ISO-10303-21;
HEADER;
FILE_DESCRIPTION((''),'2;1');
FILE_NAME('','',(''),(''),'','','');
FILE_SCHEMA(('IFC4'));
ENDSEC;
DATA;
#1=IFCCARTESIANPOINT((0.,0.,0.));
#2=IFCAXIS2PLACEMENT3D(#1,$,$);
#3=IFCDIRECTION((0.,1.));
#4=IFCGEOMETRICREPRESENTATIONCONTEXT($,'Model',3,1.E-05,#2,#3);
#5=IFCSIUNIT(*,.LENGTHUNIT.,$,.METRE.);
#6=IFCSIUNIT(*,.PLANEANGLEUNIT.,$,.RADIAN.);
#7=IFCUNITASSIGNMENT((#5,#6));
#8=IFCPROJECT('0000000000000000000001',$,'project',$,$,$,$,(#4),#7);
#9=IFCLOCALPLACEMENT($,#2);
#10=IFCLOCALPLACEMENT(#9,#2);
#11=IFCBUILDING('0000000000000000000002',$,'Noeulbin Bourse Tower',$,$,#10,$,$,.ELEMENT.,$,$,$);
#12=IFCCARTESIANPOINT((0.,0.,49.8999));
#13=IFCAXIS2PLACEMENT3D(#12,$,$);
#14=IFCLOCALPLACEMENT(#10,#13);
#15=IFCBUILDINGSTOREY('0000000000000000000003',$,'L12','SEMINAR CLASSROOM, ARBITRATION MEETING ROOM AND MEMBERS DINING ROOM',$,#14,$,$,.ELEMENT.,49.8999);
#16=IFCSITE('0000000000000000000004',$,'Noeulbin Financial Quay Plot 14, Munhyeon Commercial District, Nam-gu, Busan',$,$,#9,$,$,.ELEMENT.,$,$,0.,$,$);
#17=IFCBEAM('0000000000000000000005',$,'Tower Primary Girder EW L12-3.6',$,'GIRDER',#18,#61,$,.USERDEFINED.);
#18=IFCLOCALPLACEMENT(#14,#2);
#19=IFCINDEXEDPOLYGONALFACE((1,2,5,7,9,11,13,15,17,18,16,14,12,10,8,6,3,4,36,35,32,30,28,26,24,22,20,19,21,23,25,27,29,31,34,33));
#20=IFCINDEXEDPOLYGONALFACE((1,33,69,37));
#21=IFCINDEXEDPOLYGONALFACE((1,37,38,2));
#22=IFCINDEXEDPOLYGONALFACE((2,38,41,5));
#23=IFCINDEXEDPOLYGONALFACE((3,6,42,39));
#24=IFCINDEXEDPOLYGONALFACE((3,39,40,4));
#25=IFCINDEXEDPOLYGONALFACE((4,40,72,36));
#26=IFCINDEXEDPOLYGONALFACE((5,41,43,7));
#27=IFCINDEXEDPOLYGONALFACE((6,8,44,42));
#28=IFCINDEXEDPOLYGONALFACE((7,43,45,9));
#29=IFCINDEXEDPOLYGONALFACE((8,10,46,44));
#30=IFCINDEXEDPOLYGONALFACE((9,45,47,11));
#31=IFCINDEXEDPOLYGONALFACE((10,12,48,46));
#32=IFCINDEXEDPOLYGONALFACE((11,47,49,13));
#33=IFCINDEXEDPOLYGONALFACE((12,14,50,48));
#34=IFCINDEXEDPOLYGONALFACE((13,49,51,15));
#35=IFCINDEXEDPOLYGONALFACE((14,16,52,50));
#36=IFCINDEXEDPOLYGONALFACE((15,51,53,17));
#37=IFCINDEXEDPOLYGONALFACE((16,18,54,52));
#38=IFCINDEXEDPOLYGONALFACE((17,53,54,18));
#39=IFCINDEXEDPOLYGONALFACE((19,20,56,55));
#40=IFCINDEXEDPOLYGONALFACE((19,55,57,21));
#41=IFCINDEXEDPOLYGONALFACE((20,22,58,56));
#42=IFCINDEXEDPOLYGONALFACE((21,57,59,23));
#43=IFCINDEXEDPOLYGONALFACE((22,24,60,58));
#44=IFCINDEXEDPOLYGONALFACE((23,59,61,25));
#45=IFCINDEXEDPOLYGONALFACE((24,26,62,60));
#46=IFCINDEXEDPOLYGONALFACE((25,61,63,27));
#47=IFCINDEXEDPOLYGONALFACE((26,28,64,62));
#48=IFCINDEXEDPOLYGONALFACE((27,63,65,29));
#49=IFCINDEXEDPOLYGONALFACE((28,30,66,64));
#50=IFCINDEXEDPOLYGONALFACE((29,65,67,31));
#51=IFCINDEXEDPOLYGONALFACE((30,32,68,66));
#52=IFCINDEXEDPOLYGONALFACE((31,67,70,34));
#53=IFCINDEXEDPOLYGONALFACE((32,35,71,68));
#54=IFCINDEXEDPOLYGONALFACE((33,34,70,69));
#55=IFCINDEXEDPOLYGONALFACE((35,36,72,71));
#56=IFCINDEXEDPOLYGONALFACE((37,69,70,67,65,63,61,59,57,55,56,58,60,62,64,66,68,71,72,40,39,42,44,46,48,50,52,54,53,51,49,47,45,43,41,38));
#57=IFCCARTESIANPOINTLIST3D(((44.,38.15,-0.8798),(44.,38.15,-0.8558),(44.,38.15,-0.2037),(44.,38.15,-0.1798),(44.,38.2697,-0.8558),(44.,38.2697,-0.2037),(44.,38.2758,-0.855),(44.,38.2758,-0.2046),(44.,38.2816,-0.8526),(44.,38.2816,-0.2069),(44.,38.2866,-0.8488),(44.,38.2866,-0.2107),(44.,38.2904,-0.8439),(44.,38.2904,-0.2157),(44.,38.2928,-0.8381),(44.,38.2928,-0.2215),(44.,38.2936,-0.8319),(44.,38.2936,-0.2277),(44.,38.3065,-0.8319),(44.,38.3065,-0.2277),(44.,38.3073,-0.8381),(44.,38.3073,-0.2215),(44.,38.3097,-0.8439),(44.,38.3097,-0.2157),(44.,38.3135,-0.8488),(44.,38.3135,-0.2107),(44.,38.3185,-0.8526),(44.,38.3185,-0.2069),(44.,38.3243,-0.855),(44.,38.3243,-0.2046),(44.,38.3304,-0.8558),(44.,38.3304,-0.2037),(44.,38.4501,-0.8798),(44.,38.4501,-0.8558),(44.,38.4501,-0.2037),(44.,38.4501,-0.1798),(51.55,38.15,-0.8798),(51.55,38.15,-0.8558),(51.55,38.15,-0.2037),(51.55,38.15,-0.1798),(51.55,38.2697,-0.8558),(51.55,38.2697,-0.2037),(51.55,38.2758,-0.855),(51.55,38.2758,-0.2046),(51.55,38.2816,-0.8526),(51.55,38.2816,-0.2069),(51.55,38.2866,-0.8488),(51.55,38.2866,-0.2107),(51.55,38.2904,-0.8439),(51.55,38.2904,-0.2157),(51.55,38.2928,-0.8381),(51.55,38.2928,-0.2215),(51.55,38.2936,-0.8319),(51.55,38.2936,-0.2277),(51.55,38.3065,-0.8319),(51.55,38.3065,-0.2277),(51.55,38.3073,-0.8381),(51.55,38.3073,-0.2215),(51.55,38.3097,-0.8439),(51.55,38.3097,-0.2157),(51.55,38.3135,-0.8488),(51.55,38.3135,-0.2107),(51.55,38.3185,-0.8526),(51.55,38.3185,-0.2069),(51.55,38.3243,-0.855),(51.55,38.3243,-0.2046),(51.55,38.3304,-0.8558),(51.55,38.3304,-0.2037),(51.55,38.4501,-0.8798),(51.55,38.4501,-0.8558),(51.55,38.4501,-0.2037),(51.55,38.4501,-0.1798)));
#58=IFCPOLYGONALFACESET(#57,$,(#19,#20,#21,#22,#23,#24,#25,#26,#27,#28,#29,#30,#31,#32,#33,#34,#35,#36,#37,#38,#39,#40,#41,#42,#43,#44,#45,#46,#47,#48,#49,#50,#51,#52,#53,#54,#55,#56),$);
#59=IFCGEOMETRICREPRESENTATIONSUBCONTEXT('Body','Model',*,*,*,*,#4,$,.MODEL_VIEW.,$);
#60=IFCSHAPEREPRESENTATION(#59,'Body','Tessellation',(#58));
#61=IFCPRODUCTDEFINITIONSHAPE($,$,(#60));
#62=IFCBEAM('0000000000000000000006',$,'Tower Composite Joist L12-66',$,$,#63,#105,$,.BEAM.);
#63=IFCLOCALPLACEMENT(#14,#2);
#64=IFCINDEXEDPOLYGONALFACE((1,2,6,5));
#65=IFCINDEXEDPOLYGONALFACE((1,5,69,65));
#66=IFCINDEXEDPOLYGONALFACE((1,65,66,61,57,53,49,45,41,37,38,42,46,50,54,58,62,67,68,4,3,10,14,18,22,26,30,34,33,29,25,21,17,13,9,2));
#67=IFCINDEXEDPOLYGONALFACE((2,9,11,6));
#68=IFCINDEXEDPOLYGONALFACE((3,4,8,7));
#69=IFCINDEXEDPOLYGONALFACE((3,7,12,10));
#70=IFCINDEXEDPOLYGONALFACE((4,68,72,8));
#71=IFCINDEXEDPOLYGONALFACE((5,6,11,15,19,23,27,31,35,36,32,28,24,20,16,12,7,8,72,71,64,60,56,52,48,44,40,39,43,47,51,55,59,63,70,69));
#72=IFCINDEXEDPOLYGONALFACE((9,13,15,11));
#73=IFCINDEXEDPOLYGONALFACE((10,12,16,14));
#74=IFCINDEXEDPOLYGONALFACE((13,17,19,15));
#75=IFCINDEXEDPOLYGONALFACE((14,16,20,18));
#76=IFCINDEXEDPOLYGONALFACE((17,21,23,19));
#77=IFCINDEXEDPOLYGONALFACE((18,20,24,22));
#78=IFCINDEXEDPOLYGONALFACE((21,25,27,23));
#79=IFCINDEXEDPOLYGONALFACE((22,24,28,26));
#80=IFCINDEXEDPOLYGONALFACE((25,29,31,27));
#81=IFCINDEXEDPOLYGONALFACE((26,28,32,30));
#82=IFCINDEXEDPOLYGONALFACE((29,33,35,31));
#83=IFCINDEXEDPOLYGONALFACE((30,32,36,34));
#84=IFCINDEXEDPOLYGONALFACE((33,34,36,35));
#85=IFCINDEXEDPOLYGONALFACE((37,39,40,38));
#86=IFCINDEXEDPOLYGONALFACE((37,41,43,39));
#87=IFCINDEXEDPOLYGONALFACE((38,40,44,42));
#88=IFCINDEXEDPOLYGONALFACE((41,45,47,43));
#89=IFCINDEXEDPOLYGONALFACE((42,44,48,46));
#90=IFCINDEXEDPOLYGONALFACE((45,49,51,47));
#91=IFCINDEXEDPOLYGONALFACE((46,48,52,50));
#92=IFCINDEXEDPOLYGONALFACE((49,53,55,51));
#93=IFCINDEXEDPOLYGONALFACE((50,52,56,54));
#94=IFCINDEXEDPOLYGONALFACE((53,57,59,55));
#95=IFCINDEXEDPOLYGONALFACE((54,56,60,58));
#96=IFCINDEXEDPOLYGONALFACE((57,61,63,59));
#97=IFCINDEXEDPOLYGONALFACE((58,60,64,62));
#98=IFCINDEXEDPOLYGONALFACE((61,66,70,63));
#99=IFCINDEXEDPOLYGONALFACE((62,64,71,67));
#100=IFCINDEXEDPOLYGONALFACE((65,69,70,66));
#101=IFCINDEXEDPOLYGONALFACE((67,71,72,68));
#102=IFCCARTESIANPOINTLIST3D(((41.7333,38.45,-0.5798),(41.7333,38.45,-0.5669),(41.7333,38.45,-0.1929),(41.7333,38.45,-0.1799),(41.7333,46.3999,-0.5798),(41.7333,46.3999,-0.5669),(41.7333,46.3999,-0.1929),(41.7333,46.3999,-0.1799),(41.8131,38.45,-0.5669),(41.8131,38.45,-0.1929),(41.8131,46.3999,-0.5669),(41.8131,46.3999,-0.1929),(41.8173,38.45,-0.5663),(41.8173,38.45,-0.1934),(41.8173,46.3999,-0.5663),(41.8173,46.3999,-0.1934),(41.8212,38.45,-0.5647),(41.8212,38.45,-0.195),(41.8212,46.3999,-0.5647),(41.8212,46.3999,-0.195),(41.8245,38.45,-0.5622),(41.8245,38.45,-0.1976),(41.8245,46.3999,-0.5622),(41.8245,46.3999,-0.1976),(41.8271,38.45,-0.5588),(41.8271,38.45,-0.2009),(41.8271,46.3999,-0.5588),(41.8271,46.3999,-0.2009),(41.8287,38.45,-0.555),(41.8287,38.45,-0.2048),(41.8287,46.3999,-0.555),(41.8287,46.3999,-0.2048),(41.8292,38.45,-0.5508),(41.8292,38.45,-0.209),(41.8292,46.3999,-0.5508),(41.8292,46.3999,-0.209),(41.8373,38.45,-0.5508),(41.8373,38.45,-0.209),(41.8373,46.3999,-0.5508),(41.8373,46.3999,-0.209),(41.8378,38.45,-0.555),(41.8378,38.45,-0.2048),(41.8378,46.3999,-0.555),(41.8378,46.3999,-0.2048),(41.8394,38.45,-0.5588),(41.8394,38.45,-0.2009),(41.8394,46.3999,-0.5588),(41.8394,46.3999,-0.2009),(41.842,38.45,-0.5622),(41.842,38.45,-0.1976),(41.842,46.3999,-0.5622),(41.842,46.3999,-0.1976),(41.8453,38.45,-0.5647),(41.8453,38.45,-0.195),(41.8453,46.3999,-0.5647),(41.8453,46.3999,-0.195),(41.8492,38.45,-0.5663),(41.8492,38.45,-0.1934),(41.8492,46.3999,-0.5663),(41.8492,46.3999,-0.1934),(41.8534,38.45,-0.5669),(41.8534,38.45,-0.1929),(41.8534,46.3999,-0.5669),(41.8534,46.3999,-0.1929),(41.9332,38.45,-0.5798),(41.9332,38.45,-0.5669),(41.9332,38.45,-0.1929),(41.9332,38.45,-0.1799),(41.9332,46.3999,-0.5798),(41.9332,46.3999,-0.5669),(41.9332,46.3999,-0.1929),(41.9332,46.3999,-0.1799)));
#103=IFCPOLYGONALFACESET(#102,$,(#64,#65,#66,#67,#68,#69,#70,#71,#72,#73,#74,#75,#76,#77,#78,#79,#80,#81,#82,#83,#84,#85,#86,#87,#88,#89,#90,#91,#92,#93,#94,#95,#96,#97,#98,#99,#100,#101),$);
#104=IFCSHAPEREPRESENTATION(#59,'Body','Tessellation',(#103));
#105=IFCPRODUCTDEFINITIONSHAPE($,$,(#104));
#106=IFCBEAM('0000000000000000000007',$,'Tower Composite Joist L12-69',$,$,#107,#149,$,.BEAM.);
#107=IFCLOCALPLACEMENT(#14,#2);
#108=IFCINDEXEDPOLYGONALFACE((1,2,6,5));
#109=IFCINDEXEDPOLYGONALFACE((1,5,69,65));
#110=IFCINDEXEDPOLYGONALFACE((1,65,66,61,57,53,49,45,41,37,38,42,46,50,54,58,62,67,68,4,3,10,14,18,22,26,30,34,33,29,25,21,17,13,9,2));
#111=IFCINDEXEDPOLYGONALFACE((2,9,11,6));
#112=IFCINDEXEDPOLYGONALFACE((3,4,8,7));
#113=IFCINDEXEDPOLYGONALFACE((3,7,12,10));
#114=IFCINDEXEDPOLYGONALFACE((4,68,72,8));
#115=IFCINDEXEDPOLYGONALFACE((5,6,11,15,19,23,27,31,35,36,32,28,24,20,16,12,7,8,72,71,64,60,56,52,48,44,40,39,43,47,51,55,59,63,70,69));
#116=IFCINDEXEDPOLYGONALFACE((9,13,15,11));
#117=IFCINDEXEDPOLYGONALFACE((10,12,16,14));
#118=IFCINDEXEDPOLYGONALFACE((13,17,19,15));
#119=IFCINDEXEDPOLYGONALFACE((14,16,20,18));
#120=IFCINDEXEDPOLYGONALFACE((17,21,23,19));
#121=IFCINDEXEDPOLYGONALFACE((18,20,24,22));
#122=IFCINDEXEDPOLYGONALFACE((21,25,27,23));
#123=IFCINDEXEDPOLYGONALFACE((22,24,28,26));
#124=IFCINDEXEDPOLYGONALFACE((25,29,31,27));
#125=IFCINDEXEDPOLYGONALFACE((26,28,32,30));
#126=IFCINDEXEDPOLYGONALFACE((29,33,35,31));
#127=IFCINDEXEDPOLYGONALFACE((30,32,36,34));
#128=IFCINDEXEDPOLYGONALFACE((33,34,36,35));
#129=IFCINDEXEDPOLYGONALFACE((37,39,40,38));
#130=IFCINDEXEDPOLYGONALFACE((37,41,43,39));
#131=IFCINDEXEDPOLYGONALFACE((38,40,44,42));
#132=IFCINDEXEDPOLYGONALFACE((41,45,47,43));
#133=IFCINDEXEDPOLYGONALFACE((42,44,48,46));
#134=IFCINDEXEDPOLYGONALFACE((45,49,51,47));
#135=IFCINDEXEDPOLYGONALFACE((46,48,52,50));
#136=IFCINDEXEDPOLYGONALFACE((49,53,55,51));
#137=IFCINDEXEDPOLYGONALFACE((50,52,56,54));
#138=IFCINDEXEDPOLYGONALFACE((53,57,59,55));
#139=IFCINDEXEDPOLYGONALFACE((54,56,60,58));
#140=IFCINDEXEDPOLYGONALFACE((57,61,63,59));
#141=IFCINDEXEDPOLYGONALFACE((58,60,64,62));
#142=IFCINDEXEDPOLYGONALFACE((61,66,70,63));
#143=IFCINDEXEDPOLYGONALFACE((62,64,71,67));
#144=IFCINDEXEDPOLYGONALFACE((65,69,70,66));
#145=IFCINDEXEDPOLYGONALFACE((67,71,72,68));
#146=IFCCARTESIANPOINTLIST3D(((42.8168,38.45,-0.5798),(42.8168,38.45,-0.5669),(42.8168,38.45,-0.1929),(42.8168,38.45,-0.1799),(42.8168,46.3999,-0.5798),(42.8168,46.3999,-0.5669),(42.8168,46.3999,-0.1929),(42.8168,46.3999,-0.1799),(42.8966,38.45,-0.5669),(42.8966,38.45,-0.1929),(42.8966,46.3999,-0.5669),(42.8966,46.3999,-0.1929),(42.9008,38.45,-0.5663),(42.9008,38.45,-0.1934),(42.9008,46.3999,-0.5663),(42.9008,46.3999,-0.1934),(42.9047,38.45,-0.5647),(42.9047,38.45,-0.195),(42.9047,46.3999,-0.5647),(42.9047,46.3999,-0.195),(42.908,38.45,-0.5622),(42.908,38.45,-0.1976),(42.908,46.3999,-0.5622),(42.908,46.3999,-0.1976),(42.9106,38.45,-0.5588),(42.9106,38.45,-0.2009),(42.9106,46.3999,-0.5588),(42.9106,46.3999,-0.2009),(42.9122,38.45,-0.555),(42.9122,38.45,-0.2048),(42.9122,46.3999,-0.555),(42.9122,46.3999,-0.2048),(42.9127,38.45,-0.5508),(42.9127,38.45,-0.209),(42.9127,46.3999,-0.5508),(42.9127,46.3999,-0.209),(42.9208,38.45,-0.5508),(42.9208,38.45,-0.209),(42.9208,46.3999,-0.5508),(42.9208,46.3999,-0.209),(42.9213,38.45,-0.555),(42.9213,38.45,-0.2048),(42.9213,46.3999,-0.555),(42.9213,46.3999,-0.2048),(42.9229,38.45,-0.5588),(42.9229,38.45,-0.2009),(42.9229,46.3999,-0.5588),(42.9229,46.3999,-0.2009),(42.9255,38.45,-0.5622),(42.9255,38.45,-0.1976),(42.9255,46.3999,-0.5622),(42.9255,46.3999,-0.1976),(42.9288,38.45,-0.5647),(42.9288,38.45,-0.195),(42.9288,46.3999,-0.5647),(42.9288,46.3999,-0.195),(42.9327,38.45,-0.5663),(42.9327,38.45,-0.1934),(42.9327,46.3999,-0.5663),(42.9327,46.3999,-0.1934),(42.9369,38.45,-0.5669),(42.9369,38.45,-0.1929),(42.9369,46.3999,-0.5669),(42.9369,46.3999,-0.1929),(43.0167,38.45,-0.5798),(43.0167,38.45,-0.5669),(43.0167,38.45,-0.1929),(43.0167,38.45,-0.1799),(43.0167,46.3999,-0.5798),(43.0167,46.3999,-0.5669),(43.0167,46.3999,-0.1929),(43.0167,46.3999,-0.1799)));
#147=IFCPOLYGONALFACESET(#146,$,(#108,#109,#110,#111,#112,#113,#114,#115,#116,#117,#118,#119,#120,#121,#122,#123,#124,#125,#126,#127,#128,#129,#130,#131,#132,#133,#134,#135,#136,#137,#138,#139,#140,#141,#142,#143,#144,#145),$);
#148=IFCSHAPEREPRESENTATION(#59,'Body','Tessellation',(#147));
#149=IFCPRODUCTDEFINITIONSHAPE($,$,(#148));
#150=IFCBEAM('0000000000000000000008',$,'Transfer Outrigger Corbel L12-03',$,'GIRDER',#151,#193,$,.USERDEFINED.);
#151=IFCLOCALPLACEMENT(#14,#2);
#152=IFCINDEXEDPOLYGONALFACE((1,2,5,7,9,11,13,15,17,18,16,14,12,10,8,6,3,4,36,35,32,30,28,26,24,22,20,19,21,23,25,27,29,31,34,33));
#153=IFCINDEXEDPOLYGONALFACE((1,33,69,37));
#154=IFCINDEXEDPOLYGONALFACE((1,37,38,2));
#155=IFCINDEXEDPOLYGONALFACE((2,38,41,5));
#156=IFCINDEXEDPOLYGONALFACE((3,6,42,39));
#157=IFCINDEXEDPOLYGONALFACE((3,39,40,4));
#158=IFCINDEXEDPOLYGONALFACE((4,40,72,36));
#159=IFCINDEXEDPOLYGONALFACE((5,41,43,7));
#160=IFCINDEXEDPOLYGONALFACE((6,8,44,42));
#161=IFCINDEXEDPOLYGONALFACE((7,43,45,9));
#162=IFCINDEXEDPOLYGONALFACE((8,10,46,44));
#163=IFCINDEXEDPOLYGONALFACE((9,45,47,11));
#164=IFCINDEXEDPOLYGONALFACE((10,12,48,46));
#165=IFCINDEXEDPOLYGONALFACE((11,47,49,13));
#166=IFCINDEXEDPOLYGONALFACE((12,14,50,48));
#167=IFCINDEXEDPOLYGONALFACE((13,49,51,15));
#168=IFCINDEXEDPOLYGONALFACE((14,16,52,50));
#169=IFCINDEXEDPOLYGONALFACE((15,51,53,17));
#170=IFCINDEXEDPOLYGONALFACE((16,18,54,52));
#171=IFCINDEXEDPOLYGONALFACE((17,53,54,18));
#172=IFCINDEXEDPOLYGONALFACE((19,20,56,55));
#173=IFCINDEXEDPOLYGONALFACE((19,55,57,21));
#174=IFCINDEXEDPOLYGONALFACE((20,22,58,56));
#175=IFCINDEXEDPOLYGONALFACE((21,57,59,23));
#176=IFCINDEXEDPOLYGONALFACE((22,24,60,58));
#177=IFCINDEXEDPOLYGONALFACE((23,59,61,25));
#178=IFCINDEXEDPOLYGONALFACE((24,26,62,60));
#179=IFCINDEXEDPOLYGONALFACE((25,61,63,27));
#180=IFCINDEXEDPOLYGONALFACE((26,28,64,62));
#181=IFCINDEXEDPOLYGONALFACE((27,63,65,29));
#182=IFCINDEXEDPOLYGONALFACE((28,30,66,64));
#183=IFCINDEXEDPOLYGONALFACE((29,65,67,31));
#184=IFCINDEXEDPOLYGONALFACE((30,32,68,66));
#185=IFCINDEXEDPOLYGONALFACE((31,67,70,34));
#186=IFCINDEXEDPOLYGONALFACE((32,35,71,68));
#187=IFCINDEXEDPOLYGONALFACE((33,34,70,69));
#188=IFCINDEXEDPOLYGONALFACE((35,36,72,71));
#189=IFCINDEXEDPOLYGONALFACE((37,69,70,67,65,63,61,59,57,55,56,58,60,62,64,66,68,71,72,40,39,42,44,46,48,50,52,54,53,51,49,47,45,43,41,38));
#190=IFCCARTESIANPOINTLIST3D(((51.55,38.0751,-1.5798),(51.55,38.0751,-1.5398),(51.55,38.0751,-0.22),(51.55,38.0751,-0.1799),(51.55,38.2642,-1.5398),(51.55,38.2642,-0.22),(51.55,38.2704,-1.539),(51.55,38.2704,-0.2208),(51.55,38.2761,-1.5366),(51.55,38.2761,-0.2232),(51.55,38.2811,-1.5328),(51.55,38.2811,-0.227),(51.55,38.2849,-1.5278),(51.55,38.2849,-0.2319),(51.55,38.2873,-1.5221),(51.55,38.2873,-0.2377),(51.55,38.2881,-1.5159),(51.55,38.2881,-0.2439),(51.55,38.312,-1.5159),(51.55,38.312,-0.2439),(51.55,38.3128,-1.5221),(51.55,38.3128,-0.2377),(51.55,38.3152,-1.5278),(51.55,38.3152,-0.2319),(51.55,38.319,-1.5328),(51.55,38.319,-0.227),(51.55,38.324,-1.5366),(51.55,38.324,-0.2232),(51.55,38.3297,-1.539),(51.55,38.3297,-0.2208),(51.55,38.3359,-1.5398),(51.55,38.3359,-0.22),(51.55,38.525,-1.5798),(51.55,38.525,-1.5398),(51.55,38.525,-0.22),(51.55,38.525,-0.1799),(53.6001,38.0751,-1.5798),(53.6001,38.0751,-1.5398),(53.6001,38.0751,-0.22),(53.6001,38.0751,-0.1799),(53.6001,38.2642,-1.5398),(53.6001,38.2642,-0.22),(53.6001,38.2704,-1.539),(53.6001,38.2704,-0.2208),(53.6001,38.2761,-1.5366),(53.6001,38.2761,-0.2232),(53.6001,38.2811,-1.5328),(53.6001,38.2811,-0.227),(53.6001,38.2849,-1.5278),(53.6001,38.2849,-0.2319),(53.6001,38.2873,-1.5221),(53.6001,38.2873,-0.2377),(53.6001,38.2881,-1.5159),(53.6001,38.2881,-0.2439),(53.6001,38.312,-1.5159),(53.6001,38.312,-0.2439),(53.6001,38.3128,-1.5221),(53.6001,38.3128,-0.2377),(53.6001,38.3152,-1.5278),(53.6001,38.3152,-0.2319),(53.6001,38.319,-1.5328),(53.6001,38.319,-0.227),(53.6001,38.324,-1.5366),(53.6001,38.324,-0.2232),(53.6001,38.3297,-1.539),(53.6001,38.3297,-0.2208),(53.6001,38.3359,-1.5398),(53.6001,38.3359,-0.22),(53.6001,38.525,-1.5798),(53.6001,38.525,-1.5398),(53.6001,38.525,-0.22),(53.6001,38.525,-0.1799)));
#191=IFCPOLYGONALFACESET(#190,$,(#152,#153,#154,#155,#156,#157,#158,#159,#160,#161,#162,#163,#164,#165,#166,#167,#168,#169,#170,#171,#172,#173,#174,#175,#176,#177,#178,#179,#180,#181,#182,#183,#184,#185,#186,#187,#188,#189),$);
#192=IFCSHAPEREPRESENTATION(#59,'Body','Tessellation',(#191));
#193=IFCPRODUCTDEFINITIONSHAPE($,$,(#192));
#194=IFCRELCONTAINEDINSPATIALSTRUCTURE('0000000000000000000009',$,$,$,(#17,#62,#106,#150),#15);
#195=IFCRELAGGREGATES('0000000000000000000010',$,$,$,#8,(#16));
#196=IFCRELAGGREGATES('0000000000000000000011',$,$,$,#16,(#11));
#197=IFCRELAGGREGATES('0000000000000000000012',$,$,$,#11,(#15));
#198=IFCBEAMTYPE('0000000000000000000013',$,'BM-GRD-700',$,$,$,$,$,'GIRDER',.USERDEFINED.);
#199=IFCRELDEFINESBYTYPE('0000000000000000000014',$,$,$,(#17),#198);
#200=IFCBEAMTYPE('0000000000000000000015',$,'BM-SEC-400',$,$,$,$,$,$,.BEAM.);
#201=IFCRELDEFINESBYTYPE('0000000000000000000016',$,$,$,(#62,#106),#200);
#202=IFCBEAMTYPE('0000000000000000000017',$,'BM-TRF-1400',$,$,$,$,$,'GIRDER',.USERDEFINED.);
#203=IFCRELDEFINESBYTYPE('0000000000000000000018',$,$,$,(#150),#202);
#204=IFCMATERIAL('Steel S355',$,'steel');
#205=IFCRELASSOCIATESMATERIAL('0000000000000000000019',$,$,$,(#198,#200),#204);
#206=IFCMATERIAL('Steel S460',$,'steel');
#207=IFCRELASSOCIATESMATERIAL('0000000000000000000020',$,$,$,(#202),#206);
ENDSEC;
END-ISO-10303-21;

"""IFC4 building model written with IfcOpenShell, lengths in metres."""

from ifc_helpers import new_model, si_unit, direction, frame, origin, origin_2d, place, context, subcontext, project, spatial, i_section, extrude, material, material_profile, profile_set, type_object, element, save


model = new_model("IFC4")

# Units and contexts
model_context = context("Model", 3, precision=1e-05, world=origin(), true_north=direction((0.0, 1.0)))
body_context = subcontext(model_context, "Body", "Model", "MODEL_VIEW")
ifc_project = project(units=[si_unit("LENGTHUNIT", "METRE"), si_unit("PLANEANGLEUNIT", "RADIAN")], contexts=[model_context])

# Site, building, storey
site_placement = place(None, origin())
site = spatial("IfcSite", under=ifc_project, at=site_placement, Name="Noeulbin Financial Quay Plot 14, Munhyeon Commercial District, Nam-gu, Busan", CompositionType="ELEMENT", RefElevation=0.0)
building_placement = place(site_placement, origin())
building = spatial("IfcBuilding", under=site, at=building_placement, Name="Noeulbin Bourse Tower", CompositionType="ELEMENT")
storey_placement = place(building_placement, frame((0.0, 0.0, 49.8999)))
storey = spatial("IfcBuildingStorey", under=building, at=storey_placement, Name="L12", Description="SEMINAR CLASSROOM, ARBITRATION MEETING ROOM AND MEMBERS DINING ROOM", CompositionType="ELEMENT", Elevation=49.8999)

# Shared definitions
ifc_material_1 = material(Name="Steel S355", Category="steel")
ifc_material_2 = material(Name="Steel S460", Category="steel")

# Beams
ifc_material_profile_1 = material_profile(ifc_material_1, i_section(OverallWidth=0.3, OverallDepth=0.7, WebThickness=0.0129, FlangeThickness=0.0239, FilletRadius=0.0239, at=origin_2d()), Name="H-700x300x13x24", Category="LoadBearing")
ifc_profile_set_1 = profile_set([ifc_material_profile_1], Name="Steel S355")
beam_type_1 = type_object("IfcBeamType", Name="BM-GRD-700", ElementType="GIRDER", PredefinedType="USERDEFINED", material=ifc_profile_set_1)
beam_1_placement = place(storey_placement, frame((44.0, 38.3, -0.5298), z_axis=(1.0, 0.0, 0.0), x_axis=(0.0, 1.0, 0.0)))
element("IfcBeam", 1, at=beam_1_placement, inside=storey, type_object=beam_type_1, Name="Tower Primary Girder EW L12-3.6", ObjectType="GIRDER", PredefinedType="USERDEFINED", context=body_context, shape_type="SweptSolid", body=[
    extrude(i_section(OverallWidth=0.3, OverallDepth=0.7, WebThickness=0.0129, FlangeThickness=0.0239, FilletRadius=0.0239, at=origin_2d()), origin(), (0.0, 0.0, 1.0), 7.55),
])
ifc_material_profile_2 = material_profile(ifc_material_1, i_section(OverallWidth=0.2, OverallDepth=0.3999, WebThickness=0.0081, FlangeThickness=0.0129, FilletRadius=0.0161, at=origin_2d()), Name="H-400x200x8x13", Category="LoadBearing")
ifc_profile_set_2 = profile_set([ifc_material_profile_2], Name="Steel S355")
beam_type_2 = type_object("IfcBeamType", Name="BM-SEC-400", PredefinedType="BEAM", material=ifc_profile_set_2)
for number, where, z_axis, x_axis, name in (
    (2, (41.8333, 38.45, -0.3799), (0.0, 1.0, 0.0), (-1.0, 0.0, 0.0), "Tower Composite Joist L12-66"),
    (3, (42.9167, 38.45, -0.3799), (0.0, 1.0, 0.0), (-1.0, 0.0, 0.0), "Tower Composite Joist L12-69"),
):
    element("IfcBeam", number, at=place(storey_placement, frame(where, z_axis=z_axis, x_axis=x_axis)), inside=storey, type_object=beam_type_2, Name=name, PredefinedType="BEAM", context=body_context, shape_type="SweptSolid", body=[
        extrude(i_section(OverallWidth=0.2, OverallDepth=0.3999, WebThickness=0.0081, FlangeThickness=0.0129, FilletRadius=0.0161, at=origin_2d()), origin(), (0.0, 0.0, 1.0), 7.95),
    ])
ifc_material_profile_3 = material_profile(ifc_material_2, i_section(OverallWidth=0.45, OverallDepth=1.3999, WebThickness=0.0239, FlangeThickness=0.04, FilletRadius=0.0239, at=origin_2d()), Name="PG-1400x450x24x40", Category="LoadBearing")
ifc_profile_set_3 = profile_set([ifc_material_profile_3], Name="Steel S460")
beam_type_3 = type_object("IfcBeamType", Name="BM-TRF-1400", ElementType="GIRDER", PredefinedType="USERDEFINED", material=ifc_profile_set_3)
beam_2_placement = place(storey_placement, frame((51.55, 38.3, -0.8799), z_axis=(1.0, 0.0, 0.0), x_axis=(0.0, 1.0, 0.0)))
element("IfcBeam", 4, at=beam_2_placement, inside=storey, type_object=beam_type_3, Name="Transfer Outrigger Corbel L12-03", ObjectType="GIRDER", PredefinedType="USERDEFINED", context=body_context, shape_type="SweptSolid", body=[
    extrude(i_section(OverallWidth=0.45, OverallDepth=1.3999, WebThickness=0.0239, FlangeThickness=0.04, FilletRadius=0.0239, at=origin_2d()), origin(), (0.0, 0.0, 1.0), 2.05),
])

save(model, "model.ifc")
